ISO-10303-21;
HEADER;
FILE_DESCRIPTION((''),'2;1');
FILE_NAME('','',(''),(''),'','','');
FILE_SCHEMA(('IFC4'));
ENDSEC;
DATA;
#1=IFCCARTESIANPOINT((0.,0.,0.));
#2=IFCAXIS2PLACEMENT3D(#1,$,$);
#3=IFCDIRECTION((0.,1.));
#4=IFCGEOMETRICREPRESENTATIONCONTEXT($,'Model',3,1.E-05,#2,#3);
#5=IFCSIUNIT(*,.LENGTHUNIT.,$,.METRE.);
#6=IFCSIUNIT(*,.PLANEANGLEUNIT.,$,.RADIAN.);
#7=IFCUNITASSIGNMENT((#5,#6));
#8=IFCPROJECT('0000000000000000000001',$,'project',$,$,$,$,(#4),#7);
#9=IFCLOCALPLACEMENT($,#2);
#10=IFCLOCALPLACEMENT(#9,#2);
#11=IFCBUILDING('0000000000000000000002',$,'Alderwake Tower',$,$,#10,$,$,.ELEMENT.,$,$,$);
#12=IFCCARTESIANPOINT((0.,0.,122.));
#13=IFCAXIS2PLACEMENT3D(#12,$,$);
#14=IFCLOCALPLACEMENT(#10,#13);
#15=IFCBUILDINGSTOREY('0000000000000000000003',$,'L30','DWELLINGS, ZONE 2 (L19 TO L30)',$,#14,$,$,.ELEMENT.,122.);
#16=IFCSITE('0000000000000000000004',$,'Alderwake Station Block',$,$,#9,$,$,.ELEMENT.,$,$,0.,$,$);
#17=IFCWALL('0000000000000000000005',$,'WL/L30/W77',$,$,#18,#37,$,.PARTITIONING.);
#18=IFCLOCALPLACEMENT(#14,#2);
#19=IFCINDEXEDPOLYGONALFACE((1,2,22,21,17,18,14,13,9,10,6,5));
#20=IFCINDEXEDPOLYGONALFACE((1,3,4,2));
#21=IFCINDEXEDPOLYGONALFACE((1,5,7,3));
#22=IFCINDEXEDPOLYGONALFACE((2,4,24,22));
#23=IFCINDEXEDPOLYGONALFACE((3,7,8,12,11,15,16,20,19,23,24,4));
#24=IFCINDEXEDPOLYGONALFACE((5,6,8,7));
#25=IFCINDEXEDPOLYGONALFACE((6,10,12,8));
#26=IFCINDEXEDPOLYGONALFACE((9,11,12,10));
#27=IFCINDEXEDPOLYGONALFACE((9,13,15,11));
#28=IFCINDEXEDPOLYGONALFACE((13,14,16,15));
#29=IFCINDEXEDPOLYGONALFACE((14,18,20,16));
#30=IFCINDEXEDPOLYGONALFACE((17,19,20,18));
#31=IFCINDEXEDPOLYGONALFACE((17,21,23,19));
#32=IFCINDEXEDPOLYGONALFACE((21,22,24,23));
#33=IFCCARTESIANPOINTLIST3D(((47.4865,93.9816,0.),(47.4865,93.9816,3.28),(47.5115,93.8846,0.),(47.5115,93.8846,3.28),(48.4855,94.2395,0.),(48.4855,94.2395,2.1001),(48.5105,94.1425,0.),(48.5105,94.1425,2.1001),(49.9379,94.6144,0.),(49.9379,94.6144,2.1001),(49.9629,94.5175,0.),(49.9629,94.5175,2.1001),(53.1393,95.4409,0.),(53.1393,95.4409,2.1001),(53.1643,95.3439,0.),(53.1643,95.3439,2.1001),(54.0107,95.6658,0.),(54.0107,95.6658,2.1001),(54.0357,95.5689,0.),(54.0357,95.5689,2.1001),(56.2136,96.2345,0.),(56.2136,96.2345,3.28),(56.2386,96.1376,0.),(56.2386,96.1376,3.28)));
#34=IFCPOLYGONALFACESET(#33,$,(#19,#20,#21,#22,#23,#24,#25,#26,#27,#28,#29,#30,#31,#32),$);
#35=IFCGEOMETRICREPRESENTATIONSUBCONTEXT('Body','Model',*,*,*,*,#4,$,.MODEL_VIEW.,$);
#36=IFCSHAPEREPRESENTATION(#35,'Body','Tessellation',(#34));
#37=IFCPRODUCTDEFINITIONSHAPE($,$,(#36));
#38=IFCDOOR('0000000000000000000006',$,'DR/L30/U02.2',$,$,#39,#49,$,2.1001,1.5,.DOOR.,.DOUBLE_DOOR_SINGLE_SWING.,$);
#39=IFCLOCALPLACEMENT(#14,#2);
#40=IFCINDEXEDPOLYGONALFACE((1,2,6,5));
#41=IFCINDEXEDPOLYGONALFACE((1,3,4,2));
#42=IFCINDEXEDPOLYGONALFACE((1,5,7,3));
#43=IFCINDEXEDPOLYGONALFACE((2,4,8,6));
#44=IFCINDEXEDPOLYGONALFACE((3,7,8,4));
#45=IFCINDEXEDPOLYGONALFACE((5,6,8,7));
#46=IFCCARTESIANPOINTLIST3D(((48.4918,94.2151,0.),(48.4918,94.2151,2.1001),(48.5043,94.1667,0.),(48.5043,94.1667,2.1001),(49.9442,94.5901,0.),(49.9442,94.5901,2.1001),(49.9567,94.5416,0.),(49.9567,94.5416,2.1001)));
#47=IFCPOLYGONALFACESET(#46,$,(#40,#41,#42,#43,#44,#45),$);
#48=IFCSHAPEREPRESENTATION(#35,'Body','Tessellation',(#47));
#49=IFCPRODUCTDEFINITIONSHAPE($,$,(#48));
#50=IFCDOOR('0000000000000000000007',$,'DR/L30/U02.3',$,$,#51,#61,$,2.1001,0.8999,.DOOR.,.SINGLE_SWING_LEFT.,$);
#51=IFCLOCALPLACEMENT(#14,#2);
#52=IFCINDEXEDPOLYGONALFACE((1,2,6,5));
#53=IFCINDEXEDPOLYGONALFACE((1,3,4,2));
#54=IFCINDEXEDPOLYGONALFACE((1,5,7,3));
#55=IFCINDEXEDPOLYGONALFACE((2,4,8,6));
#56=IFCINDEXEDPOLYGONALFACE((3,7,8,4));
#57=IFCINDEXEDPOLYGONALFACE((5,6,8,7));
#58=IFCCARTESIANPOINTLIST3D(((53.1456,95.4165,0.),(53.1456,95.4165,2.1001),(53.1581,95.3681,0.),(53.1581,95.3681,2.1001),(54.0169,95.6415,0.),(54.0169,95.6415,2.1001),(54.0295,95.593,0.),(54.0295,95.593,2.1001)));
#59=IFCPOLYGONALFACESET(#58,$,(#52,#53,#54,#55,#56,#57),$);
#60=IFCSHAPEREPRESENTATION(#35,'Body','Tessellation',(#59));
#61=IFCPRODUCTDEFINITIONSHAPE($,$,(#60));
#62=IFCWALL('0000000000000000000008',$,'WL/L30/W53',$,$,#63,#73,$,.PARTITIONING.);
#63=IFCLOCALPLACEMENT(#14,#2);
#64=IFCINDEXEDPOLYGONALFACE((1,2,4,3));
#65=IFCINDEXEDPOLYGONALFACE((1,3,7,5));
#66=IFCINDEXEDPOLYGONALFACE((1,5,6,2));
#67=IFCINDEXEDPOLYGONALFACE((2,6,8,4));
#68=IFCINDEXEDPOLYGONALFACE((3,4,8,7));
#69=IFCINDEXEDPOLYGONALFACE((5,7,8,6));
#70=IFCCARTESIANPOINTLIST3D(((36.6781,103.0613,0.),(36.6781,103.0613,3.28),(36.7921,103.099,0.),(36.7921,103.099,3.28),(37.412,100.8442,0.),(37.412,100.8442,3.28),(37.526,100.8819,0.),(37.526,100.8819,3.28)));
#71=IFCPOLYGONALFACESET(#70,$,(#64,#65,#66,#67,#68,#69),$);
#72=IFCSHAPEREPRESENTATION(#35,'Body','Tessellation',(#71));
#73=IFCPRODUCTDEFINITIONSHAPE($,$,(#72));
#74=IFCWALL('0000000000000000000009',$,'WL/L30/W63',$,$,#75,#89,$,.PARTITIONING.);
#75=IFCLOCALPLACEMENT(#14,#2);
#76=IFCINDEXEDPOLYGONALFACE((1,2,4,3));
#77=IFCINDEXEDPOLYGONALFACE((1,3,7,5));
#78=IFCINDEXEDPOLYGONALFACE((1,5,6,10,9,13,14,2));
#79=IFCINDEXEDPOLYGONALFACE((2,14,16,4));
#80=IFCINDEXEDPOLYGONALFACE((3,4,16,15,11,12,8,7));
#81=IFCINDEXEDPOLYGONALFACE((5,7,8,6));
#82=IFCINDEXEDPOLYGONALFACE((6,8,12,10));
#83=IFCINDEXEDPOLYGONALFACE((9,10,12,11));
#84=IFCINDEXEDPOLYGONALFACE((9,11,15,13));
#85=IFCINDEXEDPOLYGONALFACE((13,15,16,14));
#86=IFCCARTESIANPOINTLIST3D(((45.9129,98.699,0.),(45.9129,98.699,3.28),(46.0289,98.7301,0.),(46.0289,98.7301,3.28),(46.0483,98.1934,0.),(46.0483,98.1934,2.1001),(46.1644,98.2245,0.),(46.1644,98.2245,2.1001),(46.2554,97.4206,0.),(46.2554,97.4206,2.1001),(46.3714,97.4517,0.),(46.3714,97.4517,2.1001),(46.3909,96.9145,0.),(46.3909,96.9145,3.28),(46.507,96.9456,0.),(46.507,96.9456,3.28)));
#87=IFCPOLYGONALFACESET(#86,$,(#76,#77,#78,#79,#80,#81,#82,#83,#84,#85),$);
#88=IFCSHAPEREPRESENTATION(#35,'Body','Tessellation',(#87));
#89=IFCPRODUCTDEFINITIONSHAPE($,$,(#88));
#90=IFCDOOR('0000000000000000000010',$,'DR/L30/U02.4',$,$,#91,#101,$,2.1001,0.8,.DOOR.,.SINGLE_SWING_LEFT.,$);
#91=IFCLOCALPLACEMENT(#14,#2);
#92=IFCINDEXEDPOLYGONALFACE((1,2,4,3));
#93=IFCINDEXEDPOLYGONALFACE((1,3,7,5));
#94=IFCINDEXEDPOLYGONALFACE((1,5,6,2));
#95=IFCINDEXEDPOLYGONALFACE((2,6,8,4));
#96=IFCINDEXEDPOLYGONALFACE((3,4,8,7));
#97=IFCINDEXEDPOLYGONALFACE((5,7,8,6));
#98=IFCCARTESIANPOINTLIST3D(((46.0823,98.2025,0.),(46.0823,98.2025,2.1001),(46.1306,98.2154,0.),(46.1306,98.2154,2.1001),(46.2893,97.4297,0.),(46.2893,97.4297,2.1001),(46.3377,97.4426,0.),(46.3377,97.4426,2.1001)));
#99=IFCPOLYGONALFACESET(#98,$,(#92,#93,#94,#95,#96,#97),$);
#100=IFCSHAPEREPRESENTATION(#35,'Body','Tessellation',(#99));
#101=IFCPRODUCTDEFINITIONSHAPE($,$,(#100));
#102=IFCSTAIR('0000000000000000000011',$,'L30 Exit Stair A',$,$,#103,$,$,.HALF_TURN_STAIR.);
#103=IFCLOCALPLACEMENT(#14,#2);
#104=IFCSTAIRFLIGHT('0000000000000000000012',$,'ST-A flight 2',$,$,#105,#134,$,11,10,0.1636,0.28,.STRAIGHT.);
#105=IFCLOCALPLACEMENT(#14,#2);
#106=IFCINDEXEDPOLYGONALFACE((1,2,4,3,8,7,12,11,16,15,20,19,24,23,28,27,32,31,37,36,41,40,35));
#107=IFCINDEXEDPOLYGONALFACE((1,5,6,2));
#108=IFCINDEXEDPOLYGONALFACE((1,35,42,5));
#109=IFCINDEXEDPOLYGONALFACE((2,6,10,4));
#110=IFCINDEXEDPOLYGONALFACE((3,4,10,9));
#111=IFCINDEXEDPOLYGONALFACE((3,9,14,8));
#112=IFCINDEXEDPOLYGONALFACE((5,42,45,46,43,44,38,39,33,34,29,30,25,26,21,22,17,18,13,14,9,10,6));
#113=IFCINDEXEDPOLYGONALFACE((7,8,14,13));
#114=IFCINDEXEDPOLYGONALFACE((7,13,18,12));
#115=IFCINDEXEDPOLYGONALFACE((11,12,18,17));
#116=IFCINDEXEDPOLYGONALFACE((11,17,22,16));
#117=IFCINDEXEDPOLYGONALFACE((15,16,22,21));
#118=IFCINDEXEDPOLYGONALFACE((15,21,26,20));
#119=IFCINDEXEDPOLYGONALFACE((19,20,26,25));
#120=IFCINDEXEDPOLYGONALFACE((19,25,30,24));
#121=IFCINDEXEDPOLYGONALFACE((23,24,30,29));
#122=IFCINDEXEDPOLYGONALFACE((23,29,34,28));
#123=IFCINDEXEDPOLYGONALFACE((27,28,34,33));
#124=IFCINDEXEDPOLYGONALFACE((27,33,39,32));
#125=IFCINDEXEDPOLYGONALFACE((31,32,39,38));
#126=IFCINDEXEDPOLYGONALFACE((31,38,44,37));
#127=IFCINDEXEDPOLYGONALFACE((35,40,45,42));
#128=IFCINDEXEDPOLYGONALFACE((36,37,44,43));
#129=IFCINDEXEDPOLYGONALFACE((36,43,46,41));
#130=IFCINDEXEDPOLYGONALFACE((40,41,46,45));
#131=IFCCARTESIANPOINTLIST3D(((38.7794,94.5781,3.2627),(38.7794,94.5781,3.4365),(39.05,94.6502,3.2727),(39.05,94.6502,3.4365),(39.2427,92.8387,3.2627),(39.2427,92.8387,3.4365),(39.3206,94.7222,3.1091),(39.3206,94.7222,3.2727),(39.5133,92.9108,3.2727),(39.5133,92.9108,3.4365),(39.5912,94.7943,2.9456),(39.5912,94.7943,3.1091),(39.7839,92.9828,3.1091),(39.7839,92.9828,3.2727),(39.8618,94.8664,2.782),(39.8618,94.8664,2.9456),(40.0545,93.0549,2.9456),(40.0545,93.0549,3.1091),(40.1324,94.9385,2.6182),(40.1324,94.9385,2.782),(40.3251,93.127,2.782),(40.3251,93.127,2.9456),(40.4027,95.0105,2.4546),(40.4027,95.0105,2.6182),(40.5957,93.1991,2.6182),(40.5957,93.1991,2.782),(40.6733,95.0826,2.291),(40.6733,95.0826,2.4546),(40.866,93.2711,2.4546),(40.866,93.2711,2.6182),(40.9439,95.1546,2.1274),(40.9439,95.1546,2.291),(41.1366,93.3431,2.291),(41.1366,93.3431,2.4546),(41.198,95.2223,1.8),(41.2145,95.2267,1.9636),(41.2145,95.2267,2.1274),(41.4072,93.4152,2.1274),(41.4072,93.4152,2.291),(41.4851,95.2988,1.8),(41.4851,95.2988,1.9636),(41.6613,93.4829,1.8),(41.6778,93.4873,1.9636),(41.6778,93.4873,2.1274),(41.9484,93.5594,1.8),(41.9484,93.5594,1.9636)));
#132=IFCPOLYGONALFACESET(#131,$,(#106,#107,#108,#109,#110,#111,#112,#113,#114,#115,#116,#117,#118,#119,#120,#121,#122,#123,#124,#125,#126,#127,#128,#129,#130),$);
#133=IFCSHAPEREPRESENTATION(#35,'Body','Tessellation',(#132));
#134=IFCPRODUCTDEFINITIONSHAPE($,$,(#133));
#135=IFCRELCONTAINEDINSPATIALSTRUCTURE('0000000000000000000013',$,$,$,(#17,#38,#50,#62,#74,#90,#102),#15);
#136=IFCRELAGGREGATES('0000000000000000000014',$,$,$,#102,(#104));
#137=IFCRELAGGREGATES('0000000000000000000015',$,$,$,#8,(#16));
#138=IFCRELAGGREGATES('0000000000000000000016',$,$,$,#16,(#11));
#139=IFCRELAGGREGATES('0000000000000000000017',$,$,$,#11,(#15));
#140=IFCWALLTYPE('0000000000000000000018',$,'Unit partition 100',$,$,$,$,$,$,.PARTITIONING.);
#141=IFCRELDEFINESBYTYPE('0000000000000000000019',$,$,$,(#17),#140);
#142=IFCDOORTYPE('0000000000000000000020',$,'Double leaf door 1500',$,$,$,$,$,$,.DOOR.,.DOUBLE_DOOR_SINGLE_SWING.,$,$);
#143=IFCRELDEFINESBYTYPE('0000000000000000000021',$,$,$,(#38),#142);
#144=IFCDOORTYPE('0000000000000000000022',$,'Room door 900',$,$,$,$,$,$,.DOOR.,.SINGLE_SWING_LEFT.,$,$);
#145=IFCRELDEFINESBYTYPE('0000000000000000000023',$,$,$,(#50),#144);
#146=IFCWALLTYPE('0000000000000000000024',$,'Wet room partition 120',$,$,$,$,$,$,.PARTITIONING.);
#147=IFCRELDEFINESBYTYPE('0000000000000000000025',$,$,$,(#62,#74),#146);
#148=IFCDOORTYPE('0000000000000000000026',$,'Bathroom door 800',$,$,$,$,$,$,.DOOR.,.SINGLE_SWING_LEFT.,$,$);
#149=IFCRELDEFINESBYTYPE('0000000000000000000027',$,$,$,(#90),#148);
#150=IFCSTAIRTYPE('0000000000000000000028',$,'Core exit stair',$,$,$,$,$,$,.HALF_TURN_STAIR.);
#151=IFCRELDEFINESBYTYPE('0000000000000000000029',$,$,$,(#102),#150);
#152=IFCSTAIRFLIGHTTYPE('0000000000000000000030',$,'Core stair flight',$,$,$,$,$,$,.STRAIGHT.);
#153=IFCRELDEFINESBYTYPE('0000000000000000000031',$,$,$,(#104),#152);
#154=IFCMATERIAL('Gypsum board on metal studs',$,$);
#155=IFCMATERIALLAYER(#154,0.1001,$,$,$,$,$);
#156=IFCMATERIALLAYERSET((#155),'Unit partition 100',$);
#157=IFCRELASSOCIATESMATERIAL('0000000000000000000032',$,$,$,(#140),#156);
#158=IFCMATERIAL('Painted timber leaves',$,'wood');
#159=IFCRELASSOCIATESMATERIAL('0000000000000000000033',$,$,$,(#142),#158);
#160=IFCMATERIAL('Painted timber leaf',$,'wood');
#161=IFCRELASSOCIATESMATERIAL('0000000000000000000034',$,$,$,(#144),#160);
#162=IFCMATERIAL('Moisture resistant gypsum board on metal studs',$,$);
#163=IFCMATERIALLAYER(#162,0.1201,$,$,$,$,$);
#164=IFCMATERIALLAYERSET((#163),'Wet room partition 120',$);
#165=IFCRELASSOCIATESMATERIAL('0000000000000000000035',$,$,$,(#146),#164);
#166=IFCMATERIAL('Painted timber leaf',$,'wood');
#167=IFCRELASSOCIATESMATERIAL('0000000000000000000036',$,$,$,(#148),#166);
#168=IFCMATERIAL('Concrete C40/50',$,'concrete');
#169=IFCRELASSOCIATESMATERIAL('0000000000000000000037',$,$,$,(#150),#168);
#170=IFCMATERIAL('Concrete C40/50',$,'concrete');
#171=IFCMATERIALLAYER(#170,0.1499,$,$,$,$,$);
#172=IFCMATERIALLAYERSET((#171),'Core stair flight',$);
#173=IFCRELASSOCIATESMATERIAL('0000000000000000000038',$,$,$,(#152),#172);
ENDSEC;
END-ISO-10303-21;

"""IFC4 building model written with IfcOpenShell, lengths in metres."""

from ifc_helpers import new_model, si_unit, direction, frame, frame_2d, origin, place, context, subcontext, project, spatial, polyline, rectangle, outline, extrude, material, layer, layer_set, type_object, element, fill, aggregate, save


model = new_model("IFC4")

# Units and contexts
model_context = context("Model", 3, precision=1e-05, world=origin(), true_north=direction((0.0, 1.0)))
body_context = subcontext(model_context, "Body", "Model", "MODEL_VIEW")
ifc_project = project(units=[si_unit("LENGTHUNIT", "METRE"), si_unit("PLANEANGLEUNIT", "RADIAN")], contexts=[model_context])

# Site, building, storey
site_placement = place(None, origin())
site = spatial("IfcSite", under=ifc_project, at=site_placement, Name="Alderwake Station Block", CompositionType="ELEMENT", RefElevation=0.0)
building_placement = place(site_placement, origin())
building = spatial("IfcBuilding", under=site, at=building_placement, Name="Alderwake Tower", CompositionType="ELEMENT")
storey_placement = place(building_placement, frame((0.0, 0.0, 122.0)))
storey = spatial("IfcBuildingStorey", under=building, at=storey_placement, Name="L30", Description="DWELLINGS, ZONE 2 (L19 TO L30)", CompositionType="ELEMENT", Elevation=122.0)

# Wall, openings, doors
ifc_material_1 = material(Name="Gypsum board on metal studs")
ifc_layer_1 = layer(ifc_material_1, 0.1001)
ifc_layer_set_1 = layer_set([ifc_layer_1], Name="Unit partition 100")
wall_type_1 = type_object("IfcWallType", Name="Unit partition 100", PredefinedType="PARTITIONING", material=ifc_layer_set_1)
wall_1_placement = place(storey_placement, frame((47.499, 93.9331, 0.0), z_axis=(0.0, 0.0, 1.0), x_axis=(0.968256, 0.24996, 0.0)))
wall_1 = element("IfcWall", 1, at=wall_1_placement, inside=storey, type_object=wall_type_1, Name="WL/L30/W77", PredefinedType="PARTITIONING", context=body_context, shape_type="SweptSolid", body=[
    extrude(rectangle(XDim=9.0132, YDim=0.1001, at=frame_2d((4.5066, 0.0))), origin(), (0.0, 0.0, 1.0), 3.28),
])
opening_1_placement = place(wall_1_placement, frame((1.0317, 0.0, 0.0)))
opening_1 = element("IfcOpeningElement", 2, at=opening_1_placement, cuts=wall_1, PredefinedType="OPENING", context=body_context, shape_type="SweptSolid", body=[
    extrude(rectangle(XDim=1.5, YDim=2.1001, at=frame_2d((0.75, 1.05))), frame((0.0, 0.0601, 0.0), z_axis=(0.0, -1.0, 0.0), x_axis=(1.0, 0.0, 0.0)), (0.0, 0.0, 1.0), 0.1201),
])
opening_2_placement = place(wall_1_placement, frame((5.8381, 0.0, 0.0)))
opening_2 = element("IfcOpeningElement", 3, at=opening_2_placement, cuts=wall_1, PredefinedType="OPENING", context=body_context, shape_type="SweptSolid", body=[
    extrude(rectangle(XDim=0.8999, YDim=2.1001, at=frame_2d((0.45, 1.05))), frame((0.0, 0.0601, 0.0), z_axis=(0.0, -1.0, 0.0), x_axis=(1.0, 0.0, 0.0)), (0.0, 0.0, 1.0), 0.1201),
])
ifc_material_2 = material(Name="Painted timber leaves", Category="wood")
door_type_1 = type_object("IfcDoorType", Name="Double leaf door 1500", OperationType="DOUBLE_DOOR_SINGLE_SWING", PredefinedType="DOOR", material=ifc_material_2)
door_1_placement = place(opening_1_placement, origin())
door_1 = element("IfcDoor", 4, at=door_1_placement, inside=storey, type_object=door_type_1, Name="DR/L30/U02.2", OperationType="DOUBLE_DOOR_SINGLE_SWING", OverallHeight=2.1001, OverallWidth=1.5, PredefinedType="DOOR", context=body_context, shape_type="SweptSolid", body=[
    extrude(rectangle(XDim=1.5, YDim=2.1001, at=frame_2d((0.75, 1.05))), frame((0.0, 0.0249, 0.0), z_axis=(0.0, -1.0, 0.0), x_axis=(1.0, 0.0, 0.0)), (0.0, 0.0, 1.0), 0.05),
])
fill(opening_1, door_1)
ifc_material_3 = material(Name="Painted timber leaf", Category="wood")
door_type_2 = type_object("IfcDoorType", Name="Room door 900", OperationType="SINGLE_SWING_LEFT", PredefinedType="DOOR", material=ifc_material_3)
door_2_placement = place(opening_2_placement, origin())
door_2 = element("IfcDoor", 5, at=door_2_placement, inside=storey, type_object=door_type_2, Name="DR/L30/U02.3", OperationType="SINGLE_SWING_LEFT", OverallHeight=2.1001, OverallWidth=0.8999, PredefinedType="DOOR", context=body_context, shape_type="SweptSolid", body=[
    extrude(rectangle(XDim=0.8999, YDim=2.1001, at=frame_2d((0.45, 1.05))), frame((0.0, 0.0249, 0.0), z_axis=(0.0, -1.0, 0.0), x_axis=(1.0, 0.0, 0.0)), (0.0, 0.0, 1.0), 0.05),
])
fill(opening_2, door_2)

# Wall
ifc_material_4 = material(Name="Moisture resistant gypsum board on metal studs")
ifc_layer_2 = layer(ifc_material_4, 0.1201)
ifc_layer_set_2 = layer_set([ifc_layer_2], Name="Wet room partition 120")
wall_type_2 = type_object("IfcWallType", Name="Wet room partition 120", PredefinedType="PARTITIONING", material=ifc_layer_set_2)
wall_2_placement = place(storey_placement, frame((37.469, 100.863, 0.0), z_axis=(0.0, 0.0, 1.0), x_axis=(-0.314251, 0.94934, 0.0)))
element("IfcWall", 6, at=wall_2_placement, inside=storey, type_object=wall_type_2, Name="WL/L30/W53", PredefinedType="PARTITIONING", context=body_context, shape_type="SweptSolid", body=[
    extrude(rectangle(XDim=2.3354, YDim=0.1201, at=frame_2d((1.1677, 0.0))), origin(), (0.0, 0.0, 1.0), 3.28),
])

# Wall, opening, door
wall_3_placement = place(storey_placement, frame((46.449, 96.9299, 0.0), z_axis=(0.0, 0.0, 1.0), x_axis=(-0.258765, 0.96594, 0.0)))
wall_3 = element("IfcWall", 7, at=wall_3_placement, inside=storey, type_object=wall_type_2, Name="WL/L30/W63", PredefinedType="PARTITIONING", context=body_context, shape_type="SweptSolid", body=[
    extrude(rectangle(XDim=1.8474, YDim=0.1201, at=frame_2d((0.9238, 0.0))), origin(), (0.0, 0.0, 1.0), 3.28),
])
opening_3_placement = place(wall_3_placement, frame((0.5242, 0.0, 0.0)))
opening_3 = element("IfcOpeningElement", 8, at=opening_3_placement, cuts=wall_3, PredefinedType="OPENING", context=body_context, shape_type="SweptSolid", body=[
    extrude(rectangle(XDim=0.8, YDim=2.1001, at=frame_2d((0.3999, 1.05))), frame((0.0, 0.0701, 0.0), z_axis=(0.0, -1.0, 0.0), x_axis=(1.0, 0.0, 0.0)), (0.0, 0.0, 1.0), 0.1401),
])
ifc_material_5 = material(Name="Painted timber leaf", Category="wood")
door_type_3 = type_object("IfcDoorType", Name="Bathroom door 800", OperationType="SINGLE_SWING_LEFT", PredefinedType="DOOR", material=ifc_material_5)
door_3_placement = place(opening_3_placement, origin())
door_3 = element("IfcDoor", 9, at=door_3_placement, inside=storey, type_object=door_type_3, Name="DR/L30/U02.4", OperationType="SINGLE_SWING_LEFT", OverallHeight=2.1001, OverallWidth=0.8, PredefinedType="DOOR", context=body_context, shape_type="SweptSolid", body=[
    extrude(rectangle(XDim=0.8, YDim=2.1001, at=frame_2d((0.3999, 1.05))), frame((0.0, 0.0249, 0.0), z_axis=(0.0, -1.0, 0.0), x_axis=(1.0, 0.0, 0.0)), (0.0, 0.0, 1.0), 0.05),
])
fill(opening_3, door_3)

# Stair, stair flight
ifc_material_6 = material(Name="Concrete C40/50", Category="concrete")
stair_type = type_object("IfcStairType", Name="Core exit stair", PredefinedType="HALF_TURN_STAIR", material=ifc_material_6)
stair_placement = place(storey_placement, origin())
stair = element("IfcStair", 10, at=stair_placement, inside=storey, type_object=stair_type, Name="L30 Exit Stair A", PredefinedType="HALF_TURN_STAIR")
ifc_material_7 = material(Name="Concrete C40/50", Category="concrete")
ifc_layer_3 = layer(ifc_material_7, 0.1499)
ifc_layer_set_3 = layer_set([ifc_layer_3], Name="Core stair flight")
stair_flight_type = type_object("IfcStairFlightType", Name="Core stair flight", PredefinedType="STRAIGHT", material=ifc_layer_set_3)
stair_flight_placement = place(storey_placement, frame((41.7168, 94.429, 1.8), z_axis=(0.0, 0.0, 1.0), x_axis=(-0.96631, -0.257382, 0.0)))
stair_flight = element("IfcStairFlight", 11, at=stair_flight_placement, type_object=stair_flight_type, Name="ST-A flight 2", NumberOfRisers=11, NumberOfTreads=10, PredefinedType="STRAIGHT", RiserHeight=0.1636, TreadLength=0.28, context=body_context, shape_type="SweptSolid", body=[
    extrude(outline(polyline([(0.0, 0.0), (0.0, 0.1636), (0.28, 0.1636), (0.28, 0.3274), (0.5601, 0.3274), (0.5601, 0.491), (0.8401, 0.491), (0.8401, 0.6545), (1.1201, 0.6545), (1.1201, 0.8181), (1.3999, 0.8181), (1.3999, 0.9819), (1.6799, 0.9819), (1.6799, 1.1455), (1.96, 1.1455), (1.96, 1.3091), (2.24, 1.3091), (2.24, 1.4727), (2.52, 1.4727), (2.52, 1.6365), (2.8, 1.6365), (2.8, 1.8), (2.8, 1.4626), (0.2971, 0.0), (0.0, 0.0)])), frame((0.0, 0.8999, 0.0), z_axis=(0.0, -1.0, 0.0), x_axis=(1.0, 0.0, 0.0)), (0.0, 0.0, 1.0), 1.8),
])
aggregate(stair, [stair_flight])

save(model, "model.ifc")
